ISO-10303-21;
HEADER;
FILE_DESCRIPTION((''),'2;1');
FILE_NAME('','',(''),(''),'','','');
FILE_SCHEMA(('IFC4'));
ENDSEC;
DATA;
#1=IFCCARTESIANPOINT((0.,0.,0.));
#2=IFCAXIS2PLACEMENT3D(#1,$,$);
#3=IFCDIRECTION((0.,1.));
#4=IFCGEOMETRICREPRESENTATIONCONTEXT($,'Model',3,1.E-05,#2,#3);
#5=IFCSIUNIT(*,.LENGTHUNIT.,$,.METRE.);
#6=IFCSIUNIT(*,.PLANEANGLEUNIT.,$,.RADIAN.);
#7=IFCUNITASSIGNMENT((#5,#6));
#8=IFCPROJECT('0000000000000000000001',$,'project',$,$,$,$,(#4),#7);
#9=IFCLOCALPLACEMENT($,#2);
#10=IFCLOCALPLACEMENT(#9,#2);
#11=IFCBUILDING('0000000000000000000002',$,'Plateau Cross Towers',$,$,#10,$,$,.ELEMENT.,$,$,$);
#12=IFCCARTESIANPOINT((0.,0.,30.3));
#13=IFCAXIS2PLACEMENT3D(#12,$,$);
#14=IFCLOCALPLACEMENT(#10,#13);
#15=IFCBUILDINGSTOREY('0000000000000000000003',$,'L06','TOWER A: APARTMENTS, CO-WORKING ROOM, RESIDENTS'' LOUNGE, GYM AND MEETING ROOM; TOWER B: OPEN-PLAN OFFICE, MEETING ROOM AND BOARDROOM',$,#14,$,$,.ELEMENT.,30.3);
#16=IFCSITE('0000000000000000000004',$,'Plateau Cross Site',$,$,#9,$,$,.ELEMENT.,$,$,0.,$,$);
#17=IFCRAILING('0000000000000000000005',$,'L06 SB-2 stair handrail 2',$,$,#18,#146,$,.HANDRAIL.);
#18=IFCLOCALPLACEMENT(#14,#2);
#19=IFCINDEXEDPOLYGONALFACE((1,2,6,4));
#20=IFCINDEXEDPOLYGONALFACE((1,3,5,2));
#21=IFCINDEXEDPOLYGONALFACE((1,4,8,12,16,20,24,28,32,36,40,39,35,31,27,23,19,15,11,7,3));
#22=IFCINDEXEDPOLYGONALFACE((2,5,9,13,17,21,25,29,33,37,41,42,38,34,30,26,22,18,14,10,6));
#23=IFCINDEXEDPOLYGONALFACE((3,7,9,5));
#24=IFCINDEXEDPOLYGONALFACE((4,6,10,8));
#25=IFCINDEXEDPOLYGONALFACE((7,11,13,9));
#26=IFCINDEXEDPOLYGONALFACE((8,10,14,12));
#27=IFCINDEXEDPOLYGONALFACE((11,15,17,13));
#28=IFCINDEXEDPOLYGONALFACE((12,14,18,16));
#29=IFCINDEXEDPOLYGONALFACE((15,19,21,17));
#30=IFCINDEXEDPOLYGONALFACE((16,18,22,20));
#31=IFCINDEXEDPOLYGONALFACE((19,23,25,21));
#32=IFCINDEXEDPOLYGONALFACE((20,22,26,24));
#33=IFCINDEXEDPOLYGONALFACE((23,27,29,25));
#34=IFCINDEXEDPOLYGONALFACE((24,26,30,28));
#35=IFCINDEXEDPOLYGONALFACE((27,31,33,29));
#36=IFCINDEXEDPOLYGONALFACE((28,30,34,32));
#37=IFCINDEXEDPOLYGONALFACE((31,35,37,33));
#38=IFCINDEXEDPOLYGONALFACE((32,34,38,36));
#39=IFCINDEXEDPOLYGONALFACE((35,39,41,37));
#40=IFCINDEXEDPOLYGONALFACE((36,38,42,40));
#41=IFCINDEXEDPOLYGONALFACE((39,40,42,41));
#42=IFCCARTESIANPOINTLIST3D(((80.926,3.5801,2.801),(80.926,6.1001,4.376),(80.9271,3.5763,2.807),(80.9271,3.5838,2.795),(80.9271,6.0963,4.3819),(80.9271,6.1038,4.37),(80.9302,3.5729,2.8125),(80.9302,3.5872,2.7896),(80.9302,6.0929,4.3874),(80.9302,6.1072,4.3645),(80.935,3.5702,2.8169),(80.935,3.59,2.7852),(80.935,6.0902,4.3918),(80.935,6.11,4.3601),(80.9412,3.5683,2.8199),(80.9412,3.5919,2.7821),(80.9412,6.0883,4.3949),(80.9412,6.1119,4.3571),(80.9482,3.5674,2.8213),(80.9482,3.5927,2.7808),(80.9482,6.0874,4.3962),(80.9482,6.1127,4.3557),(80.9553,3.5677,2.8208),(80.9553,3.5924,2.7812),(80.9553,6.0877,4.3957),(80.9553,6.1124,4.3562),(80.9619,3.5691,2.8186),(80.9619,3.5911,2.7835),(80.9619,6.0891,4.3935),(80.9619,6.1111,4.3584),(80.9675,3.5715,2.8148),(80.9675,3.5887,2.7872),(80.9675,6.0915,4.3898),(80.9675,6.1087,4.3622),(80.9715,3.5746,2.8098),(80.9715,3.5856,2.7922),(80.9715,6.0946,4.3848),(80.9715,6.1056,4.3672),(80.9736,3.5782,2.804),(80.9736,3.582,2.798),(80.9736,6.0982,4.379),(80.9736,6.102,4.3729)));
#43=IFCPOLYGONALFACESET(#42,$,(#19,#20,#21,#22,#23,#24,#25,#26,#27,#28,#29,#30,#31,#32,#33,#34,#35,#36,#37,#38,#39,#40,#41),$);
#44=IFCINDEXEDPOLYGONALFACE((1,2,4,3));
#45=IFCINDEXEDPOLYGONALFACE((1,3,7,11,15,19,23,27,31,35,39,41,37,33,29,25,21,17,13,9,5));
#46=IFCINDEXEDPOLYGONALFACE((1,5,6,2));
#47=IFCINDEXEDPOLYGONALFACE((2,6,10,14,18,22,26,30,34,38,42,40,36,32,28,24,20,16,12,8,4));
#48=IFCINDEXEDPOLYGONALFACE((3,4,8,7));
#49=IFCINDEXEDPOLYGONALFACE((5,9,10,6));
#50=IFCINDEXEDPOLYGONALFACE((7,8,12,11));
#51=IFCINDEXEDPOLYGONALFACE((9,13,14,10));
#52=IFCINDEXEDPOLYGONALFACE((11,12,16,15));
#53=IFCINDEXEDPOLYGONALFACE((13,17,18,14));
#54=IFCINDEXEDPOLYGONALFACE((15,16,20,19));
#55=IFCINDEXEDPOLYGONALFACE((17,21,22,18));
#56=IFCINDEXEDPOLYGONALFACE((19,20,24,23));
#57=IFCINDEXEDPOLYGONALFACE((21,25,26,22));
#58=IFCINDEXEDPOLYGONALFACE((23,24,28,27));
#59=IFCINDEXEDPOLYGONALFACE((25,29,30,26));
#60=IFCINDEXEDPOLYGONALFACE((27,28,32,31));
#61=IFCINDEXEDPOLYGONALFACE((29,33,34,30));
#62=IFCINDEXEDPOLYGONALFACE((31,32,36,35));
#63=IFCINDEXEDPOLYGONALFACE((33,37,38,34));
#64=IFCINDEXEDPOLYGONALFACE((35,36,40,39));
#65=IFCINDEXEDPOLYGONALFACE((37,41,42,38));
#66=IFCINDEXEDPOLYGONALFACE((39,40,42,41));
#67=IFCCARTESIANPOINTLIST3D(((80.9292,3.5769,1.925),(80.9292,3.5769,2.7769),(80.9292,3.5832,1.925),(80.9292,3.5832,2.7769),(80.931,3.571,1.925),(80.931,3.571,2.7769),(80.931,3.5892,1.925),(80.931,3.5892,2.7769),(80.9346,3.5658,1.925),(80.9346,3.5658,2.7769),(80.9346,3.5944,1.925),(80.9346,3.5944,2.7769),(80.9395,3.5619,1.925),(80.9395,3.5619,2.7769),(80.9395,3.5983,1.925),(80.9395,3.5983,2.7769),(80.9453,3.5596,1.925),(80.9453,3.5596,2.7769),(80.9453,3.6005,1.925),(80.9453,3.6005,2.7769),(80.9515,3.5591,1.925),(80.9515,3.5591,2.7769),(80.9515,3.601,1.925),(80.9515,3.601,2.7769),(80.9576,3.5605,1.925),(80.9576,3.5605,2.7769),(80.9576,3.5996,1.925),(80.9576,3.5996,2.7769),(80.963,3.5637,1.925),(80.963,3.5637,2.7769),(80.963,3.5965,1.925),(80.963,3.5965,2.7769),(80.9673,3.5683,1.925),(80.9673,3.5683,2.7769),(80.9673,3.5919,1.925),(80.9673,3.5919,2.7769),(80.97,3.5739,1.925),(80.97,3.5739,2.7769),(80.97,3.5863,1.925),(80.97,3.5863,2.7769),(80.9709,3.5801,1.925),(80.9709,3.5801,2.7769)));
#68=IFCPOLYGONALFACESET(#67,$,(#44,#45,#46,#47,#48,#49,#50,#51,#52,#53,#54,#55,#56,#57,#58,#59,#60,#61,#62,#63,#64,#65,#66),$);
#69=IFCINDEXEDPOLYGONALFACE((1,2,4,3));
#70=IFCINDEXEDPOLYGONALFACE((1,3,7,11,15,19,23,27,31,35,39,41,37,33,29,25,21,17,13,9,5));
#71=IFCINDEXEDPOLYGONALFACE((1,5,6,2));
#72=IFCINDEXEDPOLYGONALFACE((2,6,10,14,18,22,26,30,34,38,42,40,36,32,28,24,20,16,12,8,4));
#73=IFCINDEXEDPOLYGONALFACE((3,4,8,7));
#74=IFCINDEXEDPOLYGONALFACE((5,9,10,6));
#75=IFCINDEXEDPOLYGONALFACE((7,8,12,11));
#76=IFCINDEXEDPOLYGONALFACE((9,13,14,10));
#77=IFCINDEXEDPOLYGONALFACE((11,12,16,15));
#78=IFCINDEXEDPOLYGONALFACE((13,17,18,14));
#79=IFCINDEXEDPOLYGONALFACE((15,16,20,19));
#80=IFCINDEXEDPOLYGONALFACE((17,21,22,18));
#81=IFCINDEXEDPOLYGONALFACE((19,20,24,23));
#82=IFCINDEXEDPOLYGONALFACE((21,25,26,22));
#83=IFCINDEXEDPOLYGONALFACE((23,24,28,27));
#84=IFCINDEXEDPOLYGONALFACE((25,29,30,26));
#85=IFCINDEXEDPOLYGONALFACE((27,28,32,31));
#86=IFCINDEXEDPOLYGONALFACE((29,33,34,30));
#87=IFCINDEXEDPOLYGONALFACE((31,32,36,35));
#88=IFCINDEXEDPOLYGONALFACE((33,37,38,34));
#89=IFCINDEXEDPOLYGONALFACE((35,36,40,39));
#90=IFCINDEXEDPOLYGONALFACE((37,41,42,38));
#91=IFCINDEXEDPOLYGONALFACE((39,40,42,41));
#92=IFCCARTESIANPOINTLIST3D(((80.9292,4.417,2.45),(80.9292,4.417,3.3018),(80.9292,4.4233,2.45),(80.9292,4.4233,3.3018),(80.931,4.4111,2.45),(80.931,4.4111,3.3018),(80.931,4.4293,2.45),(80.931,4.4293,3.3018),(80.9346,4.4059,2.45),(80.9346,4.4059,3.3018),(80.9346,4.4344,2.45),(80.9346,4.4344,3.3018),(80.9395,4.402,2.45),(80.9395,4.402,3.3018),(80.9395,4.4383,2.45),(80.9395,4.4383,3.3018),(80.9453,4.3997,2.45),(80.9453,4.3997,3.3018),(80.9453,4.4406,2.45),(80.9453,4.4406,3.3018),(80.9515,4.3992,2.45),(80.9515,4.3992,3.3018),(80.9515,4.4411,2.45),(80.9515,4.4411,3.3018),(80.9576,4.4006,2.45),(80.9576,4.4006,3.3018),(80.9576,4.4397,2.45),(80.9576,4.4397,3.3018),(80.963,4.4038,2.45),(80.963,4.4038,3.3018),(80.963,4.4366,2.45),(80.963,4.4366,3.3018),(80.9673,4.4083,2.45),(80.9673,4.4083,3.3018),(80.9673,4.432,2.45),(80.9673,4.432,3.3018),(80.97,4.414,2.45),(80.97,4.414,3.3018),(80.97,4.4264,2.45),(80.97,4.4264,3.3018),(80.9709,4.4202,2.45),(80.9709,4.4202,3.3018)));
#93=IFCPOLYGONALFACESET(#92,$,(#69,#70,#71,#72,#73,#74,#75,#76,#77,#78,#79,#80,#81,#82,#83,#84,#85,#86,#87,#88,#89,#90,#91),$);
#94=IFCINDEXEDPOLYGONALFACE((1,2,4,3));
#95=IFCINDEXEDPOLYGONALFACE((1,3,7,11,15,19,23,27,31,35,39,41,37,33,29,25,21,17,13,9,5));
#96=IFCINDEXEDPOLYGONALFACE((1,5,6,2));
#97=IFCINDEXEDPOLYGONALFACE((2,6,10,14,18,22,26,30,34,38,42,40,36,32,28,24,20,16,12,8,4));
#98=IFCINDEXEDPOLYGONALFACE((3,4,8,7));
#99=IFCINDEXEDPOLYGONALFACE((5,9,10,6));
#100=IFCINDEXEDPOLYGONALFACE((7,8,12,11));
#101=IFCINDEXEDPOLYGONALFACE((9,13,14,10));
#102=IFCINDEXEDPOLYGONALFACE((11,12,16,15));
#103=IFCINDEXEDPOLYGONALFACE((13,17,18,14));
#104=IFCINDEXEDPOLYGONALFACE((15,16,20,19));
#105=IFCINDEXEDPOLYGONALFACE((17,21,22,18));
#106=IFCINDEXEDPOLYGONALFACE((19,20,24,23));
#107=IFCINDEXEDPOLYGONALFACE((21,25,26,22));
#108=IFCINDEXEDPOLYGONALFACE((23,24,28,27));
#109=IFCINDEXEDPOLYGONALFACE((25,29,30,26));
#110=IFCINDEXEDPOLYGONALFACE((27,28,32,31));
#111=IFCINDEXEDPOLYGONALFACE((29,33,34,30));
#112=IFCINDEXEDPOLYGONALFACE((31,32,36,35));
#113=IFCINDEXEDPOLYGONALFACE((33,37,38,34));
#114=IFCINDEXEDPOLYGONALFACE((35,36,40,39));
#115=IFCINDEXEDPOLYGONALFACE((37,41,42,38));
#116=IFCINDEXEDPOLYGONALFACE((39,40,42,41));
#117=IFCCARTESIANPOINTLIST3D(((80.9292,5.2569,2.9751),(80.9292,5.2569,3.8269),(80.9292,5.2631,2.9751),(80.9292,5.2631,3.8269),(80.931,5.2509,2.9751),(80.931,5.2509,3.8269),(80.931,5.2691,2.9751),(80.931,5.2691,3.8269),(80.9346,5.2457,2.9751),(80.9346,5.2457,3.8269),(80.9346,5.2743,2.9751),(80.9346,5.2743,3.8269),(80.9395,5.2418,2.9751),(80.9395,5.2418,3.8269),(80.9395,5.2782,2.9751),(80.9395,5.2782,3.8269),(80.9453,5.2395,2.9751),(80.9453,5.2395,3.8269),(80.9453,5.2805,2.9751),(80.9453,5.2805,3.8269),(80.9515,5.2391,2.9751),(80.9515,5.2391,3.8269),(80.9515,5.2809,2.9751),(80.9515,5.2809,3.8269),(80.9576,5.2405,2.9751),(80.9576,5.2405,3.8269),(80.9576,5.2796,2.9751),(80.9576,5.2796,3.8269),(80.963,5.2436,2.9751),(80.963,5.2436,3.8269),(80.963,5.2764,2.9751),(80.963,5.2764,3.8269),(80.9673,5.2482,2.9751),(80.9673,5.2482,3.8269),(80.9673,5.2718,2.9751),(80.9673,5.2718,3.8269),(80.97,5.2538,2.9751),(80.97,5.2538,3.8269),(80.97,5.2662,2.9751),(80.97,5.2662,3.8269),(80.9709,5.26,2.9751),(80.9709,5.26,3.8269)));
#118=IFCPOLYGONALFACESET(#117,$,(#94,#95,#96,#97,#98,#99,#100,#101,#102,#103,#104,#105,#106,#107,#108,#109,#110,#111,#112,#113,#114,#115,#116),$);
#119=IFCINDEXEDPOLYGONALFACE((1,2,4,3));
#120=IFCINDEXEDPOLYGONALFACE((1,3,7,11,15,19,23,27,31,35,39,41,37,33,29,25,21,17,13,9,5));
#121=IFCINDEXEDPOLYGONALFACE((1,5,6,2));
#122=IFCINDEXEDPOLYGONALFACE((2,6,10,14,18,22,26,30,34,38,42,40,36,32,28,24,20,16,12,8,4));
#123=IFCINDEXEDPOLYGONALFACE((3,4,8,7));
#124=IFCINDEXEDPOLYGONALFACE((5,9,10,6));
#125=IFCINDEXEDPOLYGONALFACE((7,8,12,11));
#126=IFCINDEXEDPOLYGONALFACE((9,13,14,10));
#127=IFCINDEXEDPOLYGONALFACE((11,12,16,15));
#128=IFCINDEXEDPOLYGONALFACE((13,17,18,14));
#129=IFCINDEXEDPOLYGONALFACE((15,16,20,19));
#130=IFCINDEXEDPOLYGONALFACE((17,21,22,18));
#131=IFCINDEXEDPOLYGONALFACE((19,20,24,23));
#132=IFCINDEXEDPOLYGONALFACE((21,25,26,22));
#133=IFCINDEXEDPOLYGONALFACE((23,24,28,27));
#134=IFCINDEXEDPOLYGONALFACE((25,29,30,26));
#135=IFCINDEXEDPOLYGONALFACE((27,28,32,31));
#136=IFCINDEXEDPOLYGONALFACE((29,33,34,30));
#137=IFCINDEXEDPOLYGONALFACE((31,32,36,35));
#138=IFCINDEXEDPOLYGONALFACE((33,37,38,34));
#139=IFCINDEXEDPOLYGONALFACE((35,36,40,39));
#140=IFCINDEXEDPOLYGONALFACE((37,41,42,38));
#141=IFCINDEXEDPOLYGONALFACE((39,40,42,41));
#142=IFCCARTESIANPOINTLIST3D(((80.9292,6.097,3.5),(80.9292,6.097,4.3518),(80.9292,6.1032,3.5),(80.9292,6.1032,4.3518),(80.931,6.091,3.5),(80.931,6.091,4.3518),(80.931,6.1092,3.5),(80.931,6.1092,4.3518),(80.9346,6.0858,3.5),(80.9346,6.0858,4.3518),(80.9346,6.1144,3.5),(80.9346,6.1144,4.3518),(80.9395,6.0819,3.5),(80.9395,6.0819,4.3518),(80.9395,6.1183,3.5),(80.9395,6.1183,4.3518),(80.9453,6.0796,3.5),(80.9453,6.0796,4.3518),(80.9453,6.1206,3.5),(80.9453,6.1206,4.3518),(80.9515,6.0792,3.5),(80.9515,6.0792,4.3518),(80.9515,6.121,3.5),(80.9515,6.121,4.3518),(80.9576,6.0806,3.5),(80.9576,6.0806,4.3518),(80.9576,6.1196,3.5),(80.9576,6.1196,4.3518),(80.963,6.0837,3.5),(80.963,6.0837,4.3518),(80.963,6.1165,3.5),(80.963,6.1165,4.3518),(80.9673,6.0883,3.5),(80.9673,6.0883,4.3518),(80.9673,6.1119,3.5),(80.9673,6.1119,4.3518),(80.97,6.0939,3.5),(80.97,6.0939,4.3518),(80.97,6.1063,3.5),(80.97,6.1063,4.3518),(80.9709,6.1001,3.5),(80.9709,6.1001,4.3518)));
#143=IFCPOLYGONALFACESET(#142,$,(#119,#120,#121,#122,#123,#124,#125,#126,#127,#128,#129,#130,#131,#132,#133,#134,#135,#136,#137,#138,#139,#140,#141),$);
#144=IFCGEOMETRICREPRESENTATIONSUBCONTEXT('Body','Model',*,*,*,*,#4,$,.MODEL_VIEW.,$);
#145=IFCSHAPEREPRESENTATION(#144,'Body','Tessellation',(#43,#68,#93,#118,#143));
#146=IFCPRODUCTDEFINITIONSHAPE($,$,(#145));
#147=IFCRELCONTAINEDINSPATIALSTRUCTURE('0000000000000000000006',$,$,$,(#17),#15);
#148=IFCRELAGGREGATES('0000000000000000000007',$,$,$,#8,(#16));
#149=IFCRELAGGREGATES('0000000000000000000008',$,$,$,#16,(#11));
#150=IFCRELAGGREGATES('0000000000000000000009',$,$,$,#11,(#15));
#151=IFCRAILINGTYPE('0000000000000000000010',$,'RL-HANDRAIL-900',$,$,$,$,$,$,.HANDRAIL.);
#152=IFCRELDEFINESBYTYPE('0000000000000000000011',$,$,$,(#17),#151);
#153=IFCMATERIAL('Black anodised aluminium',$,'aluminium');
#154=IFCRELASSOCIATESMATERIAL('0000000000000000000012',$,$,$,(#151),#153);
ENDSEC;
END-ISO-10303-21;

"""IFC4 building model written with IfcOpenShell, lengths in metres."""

from ifc_helpers import new_model, si_unit, direction, frame, origin, origin_2d, place, context, subcontext, project, spatial, circle, extrude, material, type_object, element, save


model = new_model("IFC4")

# Units and contexts
model_context = context("Model", 3, precision=1e-05, world=origin(), true_north=direction((0.0, 1.0)))
body_context = subcontext(model_context, "Body", "Model", "MODEL_VIEW")
ifc_project = project(units=[si_unit("LENGTHUNIT", "METRE"), si_unit("PLANEANGLEUNIT", "RADIAN")], contexts=[model_context])

# Site, building, storey
site_placement = place(None, origin())
site = spatial("IfcSite", under=ifc_project, at=site_placement, Name="Plateau Cross Site", CompositionType="ELEMENT", RefElevation=0.0)
building_placement = place(site_placement, origin())
building = spatial("IfcBuilding", under=site, at=building_placement, Name="Plateau Cross Towers", CompositionType="ELEMENT")
storey_placement = place(building_placement, frame((0.0, 0.0, 30.3)))
storey = spatial("IfcBuildingStorey", under=building, at=storey_placement, Name="L06", Description="TOWER A: APARTMENTS, CO-WORKING ROOM, RESIDENTS' LOUNGE, GYM AND MEETING ROOM; TOWER B: OPEN-PLAN OFFICE, MEETING ROOM AND BOARDROOM", CompositionType="ELEMENT", Elevation=30.3)

# Shared definitions
ifc_material_1 = material(Name="Black anodised aluminium", Category="aluminium")

# Railing
railing_type_1 = type_object("IfcRailingType", Name="RL-HANDRAIL-900", PredefinedType="HANDRAIL", material=ifc_material_1)
railing_1_placement = place(storey_placement, frame((80.95, 3.5801, 1.925)))
element("IfcRailing", 1, at=railing_1_placement, inside=storey, type_object=railing_type_1, Name="L06 SB-2 stair handrail 2", PredefinedType="HANDRAIL", context=body_context, shape_type="SweptSolid", body=[
    extrude(circle(Radius=0.0239, at=origin_2d()), frame((0.0, 0.0, 0.876), z_axis=(0.0, 0.848008, 0.529984), x_axis=(-1.0, 0.0, 0.0)), (0.0, 0.0, 1.0), 2.9717),
    extrude(circle(Radius=0.021, at=origin_2d()), origin(), (0.0, 0.0, 1.0), 0.8518),
    extrude(circle(Radius=0.021, at=origin_2d()), frame((0.0, 0.8401, 0.5249)), (0.0, 0.0, 1.0), 0.8518),
    extrude(circle(Radius=0.021, at=origin_2d()), frame((0.0, 1.6799, 1.05)), (0.0, 0.0, 1.0), 0.8518),
    extrude(circle(Radius=0.021, at=origin_2d()), frame((0.0, 2.52, 1.575)), (0.0, 0.0, 1.0), 0.8518),
])

save(model, "model.ifc")
